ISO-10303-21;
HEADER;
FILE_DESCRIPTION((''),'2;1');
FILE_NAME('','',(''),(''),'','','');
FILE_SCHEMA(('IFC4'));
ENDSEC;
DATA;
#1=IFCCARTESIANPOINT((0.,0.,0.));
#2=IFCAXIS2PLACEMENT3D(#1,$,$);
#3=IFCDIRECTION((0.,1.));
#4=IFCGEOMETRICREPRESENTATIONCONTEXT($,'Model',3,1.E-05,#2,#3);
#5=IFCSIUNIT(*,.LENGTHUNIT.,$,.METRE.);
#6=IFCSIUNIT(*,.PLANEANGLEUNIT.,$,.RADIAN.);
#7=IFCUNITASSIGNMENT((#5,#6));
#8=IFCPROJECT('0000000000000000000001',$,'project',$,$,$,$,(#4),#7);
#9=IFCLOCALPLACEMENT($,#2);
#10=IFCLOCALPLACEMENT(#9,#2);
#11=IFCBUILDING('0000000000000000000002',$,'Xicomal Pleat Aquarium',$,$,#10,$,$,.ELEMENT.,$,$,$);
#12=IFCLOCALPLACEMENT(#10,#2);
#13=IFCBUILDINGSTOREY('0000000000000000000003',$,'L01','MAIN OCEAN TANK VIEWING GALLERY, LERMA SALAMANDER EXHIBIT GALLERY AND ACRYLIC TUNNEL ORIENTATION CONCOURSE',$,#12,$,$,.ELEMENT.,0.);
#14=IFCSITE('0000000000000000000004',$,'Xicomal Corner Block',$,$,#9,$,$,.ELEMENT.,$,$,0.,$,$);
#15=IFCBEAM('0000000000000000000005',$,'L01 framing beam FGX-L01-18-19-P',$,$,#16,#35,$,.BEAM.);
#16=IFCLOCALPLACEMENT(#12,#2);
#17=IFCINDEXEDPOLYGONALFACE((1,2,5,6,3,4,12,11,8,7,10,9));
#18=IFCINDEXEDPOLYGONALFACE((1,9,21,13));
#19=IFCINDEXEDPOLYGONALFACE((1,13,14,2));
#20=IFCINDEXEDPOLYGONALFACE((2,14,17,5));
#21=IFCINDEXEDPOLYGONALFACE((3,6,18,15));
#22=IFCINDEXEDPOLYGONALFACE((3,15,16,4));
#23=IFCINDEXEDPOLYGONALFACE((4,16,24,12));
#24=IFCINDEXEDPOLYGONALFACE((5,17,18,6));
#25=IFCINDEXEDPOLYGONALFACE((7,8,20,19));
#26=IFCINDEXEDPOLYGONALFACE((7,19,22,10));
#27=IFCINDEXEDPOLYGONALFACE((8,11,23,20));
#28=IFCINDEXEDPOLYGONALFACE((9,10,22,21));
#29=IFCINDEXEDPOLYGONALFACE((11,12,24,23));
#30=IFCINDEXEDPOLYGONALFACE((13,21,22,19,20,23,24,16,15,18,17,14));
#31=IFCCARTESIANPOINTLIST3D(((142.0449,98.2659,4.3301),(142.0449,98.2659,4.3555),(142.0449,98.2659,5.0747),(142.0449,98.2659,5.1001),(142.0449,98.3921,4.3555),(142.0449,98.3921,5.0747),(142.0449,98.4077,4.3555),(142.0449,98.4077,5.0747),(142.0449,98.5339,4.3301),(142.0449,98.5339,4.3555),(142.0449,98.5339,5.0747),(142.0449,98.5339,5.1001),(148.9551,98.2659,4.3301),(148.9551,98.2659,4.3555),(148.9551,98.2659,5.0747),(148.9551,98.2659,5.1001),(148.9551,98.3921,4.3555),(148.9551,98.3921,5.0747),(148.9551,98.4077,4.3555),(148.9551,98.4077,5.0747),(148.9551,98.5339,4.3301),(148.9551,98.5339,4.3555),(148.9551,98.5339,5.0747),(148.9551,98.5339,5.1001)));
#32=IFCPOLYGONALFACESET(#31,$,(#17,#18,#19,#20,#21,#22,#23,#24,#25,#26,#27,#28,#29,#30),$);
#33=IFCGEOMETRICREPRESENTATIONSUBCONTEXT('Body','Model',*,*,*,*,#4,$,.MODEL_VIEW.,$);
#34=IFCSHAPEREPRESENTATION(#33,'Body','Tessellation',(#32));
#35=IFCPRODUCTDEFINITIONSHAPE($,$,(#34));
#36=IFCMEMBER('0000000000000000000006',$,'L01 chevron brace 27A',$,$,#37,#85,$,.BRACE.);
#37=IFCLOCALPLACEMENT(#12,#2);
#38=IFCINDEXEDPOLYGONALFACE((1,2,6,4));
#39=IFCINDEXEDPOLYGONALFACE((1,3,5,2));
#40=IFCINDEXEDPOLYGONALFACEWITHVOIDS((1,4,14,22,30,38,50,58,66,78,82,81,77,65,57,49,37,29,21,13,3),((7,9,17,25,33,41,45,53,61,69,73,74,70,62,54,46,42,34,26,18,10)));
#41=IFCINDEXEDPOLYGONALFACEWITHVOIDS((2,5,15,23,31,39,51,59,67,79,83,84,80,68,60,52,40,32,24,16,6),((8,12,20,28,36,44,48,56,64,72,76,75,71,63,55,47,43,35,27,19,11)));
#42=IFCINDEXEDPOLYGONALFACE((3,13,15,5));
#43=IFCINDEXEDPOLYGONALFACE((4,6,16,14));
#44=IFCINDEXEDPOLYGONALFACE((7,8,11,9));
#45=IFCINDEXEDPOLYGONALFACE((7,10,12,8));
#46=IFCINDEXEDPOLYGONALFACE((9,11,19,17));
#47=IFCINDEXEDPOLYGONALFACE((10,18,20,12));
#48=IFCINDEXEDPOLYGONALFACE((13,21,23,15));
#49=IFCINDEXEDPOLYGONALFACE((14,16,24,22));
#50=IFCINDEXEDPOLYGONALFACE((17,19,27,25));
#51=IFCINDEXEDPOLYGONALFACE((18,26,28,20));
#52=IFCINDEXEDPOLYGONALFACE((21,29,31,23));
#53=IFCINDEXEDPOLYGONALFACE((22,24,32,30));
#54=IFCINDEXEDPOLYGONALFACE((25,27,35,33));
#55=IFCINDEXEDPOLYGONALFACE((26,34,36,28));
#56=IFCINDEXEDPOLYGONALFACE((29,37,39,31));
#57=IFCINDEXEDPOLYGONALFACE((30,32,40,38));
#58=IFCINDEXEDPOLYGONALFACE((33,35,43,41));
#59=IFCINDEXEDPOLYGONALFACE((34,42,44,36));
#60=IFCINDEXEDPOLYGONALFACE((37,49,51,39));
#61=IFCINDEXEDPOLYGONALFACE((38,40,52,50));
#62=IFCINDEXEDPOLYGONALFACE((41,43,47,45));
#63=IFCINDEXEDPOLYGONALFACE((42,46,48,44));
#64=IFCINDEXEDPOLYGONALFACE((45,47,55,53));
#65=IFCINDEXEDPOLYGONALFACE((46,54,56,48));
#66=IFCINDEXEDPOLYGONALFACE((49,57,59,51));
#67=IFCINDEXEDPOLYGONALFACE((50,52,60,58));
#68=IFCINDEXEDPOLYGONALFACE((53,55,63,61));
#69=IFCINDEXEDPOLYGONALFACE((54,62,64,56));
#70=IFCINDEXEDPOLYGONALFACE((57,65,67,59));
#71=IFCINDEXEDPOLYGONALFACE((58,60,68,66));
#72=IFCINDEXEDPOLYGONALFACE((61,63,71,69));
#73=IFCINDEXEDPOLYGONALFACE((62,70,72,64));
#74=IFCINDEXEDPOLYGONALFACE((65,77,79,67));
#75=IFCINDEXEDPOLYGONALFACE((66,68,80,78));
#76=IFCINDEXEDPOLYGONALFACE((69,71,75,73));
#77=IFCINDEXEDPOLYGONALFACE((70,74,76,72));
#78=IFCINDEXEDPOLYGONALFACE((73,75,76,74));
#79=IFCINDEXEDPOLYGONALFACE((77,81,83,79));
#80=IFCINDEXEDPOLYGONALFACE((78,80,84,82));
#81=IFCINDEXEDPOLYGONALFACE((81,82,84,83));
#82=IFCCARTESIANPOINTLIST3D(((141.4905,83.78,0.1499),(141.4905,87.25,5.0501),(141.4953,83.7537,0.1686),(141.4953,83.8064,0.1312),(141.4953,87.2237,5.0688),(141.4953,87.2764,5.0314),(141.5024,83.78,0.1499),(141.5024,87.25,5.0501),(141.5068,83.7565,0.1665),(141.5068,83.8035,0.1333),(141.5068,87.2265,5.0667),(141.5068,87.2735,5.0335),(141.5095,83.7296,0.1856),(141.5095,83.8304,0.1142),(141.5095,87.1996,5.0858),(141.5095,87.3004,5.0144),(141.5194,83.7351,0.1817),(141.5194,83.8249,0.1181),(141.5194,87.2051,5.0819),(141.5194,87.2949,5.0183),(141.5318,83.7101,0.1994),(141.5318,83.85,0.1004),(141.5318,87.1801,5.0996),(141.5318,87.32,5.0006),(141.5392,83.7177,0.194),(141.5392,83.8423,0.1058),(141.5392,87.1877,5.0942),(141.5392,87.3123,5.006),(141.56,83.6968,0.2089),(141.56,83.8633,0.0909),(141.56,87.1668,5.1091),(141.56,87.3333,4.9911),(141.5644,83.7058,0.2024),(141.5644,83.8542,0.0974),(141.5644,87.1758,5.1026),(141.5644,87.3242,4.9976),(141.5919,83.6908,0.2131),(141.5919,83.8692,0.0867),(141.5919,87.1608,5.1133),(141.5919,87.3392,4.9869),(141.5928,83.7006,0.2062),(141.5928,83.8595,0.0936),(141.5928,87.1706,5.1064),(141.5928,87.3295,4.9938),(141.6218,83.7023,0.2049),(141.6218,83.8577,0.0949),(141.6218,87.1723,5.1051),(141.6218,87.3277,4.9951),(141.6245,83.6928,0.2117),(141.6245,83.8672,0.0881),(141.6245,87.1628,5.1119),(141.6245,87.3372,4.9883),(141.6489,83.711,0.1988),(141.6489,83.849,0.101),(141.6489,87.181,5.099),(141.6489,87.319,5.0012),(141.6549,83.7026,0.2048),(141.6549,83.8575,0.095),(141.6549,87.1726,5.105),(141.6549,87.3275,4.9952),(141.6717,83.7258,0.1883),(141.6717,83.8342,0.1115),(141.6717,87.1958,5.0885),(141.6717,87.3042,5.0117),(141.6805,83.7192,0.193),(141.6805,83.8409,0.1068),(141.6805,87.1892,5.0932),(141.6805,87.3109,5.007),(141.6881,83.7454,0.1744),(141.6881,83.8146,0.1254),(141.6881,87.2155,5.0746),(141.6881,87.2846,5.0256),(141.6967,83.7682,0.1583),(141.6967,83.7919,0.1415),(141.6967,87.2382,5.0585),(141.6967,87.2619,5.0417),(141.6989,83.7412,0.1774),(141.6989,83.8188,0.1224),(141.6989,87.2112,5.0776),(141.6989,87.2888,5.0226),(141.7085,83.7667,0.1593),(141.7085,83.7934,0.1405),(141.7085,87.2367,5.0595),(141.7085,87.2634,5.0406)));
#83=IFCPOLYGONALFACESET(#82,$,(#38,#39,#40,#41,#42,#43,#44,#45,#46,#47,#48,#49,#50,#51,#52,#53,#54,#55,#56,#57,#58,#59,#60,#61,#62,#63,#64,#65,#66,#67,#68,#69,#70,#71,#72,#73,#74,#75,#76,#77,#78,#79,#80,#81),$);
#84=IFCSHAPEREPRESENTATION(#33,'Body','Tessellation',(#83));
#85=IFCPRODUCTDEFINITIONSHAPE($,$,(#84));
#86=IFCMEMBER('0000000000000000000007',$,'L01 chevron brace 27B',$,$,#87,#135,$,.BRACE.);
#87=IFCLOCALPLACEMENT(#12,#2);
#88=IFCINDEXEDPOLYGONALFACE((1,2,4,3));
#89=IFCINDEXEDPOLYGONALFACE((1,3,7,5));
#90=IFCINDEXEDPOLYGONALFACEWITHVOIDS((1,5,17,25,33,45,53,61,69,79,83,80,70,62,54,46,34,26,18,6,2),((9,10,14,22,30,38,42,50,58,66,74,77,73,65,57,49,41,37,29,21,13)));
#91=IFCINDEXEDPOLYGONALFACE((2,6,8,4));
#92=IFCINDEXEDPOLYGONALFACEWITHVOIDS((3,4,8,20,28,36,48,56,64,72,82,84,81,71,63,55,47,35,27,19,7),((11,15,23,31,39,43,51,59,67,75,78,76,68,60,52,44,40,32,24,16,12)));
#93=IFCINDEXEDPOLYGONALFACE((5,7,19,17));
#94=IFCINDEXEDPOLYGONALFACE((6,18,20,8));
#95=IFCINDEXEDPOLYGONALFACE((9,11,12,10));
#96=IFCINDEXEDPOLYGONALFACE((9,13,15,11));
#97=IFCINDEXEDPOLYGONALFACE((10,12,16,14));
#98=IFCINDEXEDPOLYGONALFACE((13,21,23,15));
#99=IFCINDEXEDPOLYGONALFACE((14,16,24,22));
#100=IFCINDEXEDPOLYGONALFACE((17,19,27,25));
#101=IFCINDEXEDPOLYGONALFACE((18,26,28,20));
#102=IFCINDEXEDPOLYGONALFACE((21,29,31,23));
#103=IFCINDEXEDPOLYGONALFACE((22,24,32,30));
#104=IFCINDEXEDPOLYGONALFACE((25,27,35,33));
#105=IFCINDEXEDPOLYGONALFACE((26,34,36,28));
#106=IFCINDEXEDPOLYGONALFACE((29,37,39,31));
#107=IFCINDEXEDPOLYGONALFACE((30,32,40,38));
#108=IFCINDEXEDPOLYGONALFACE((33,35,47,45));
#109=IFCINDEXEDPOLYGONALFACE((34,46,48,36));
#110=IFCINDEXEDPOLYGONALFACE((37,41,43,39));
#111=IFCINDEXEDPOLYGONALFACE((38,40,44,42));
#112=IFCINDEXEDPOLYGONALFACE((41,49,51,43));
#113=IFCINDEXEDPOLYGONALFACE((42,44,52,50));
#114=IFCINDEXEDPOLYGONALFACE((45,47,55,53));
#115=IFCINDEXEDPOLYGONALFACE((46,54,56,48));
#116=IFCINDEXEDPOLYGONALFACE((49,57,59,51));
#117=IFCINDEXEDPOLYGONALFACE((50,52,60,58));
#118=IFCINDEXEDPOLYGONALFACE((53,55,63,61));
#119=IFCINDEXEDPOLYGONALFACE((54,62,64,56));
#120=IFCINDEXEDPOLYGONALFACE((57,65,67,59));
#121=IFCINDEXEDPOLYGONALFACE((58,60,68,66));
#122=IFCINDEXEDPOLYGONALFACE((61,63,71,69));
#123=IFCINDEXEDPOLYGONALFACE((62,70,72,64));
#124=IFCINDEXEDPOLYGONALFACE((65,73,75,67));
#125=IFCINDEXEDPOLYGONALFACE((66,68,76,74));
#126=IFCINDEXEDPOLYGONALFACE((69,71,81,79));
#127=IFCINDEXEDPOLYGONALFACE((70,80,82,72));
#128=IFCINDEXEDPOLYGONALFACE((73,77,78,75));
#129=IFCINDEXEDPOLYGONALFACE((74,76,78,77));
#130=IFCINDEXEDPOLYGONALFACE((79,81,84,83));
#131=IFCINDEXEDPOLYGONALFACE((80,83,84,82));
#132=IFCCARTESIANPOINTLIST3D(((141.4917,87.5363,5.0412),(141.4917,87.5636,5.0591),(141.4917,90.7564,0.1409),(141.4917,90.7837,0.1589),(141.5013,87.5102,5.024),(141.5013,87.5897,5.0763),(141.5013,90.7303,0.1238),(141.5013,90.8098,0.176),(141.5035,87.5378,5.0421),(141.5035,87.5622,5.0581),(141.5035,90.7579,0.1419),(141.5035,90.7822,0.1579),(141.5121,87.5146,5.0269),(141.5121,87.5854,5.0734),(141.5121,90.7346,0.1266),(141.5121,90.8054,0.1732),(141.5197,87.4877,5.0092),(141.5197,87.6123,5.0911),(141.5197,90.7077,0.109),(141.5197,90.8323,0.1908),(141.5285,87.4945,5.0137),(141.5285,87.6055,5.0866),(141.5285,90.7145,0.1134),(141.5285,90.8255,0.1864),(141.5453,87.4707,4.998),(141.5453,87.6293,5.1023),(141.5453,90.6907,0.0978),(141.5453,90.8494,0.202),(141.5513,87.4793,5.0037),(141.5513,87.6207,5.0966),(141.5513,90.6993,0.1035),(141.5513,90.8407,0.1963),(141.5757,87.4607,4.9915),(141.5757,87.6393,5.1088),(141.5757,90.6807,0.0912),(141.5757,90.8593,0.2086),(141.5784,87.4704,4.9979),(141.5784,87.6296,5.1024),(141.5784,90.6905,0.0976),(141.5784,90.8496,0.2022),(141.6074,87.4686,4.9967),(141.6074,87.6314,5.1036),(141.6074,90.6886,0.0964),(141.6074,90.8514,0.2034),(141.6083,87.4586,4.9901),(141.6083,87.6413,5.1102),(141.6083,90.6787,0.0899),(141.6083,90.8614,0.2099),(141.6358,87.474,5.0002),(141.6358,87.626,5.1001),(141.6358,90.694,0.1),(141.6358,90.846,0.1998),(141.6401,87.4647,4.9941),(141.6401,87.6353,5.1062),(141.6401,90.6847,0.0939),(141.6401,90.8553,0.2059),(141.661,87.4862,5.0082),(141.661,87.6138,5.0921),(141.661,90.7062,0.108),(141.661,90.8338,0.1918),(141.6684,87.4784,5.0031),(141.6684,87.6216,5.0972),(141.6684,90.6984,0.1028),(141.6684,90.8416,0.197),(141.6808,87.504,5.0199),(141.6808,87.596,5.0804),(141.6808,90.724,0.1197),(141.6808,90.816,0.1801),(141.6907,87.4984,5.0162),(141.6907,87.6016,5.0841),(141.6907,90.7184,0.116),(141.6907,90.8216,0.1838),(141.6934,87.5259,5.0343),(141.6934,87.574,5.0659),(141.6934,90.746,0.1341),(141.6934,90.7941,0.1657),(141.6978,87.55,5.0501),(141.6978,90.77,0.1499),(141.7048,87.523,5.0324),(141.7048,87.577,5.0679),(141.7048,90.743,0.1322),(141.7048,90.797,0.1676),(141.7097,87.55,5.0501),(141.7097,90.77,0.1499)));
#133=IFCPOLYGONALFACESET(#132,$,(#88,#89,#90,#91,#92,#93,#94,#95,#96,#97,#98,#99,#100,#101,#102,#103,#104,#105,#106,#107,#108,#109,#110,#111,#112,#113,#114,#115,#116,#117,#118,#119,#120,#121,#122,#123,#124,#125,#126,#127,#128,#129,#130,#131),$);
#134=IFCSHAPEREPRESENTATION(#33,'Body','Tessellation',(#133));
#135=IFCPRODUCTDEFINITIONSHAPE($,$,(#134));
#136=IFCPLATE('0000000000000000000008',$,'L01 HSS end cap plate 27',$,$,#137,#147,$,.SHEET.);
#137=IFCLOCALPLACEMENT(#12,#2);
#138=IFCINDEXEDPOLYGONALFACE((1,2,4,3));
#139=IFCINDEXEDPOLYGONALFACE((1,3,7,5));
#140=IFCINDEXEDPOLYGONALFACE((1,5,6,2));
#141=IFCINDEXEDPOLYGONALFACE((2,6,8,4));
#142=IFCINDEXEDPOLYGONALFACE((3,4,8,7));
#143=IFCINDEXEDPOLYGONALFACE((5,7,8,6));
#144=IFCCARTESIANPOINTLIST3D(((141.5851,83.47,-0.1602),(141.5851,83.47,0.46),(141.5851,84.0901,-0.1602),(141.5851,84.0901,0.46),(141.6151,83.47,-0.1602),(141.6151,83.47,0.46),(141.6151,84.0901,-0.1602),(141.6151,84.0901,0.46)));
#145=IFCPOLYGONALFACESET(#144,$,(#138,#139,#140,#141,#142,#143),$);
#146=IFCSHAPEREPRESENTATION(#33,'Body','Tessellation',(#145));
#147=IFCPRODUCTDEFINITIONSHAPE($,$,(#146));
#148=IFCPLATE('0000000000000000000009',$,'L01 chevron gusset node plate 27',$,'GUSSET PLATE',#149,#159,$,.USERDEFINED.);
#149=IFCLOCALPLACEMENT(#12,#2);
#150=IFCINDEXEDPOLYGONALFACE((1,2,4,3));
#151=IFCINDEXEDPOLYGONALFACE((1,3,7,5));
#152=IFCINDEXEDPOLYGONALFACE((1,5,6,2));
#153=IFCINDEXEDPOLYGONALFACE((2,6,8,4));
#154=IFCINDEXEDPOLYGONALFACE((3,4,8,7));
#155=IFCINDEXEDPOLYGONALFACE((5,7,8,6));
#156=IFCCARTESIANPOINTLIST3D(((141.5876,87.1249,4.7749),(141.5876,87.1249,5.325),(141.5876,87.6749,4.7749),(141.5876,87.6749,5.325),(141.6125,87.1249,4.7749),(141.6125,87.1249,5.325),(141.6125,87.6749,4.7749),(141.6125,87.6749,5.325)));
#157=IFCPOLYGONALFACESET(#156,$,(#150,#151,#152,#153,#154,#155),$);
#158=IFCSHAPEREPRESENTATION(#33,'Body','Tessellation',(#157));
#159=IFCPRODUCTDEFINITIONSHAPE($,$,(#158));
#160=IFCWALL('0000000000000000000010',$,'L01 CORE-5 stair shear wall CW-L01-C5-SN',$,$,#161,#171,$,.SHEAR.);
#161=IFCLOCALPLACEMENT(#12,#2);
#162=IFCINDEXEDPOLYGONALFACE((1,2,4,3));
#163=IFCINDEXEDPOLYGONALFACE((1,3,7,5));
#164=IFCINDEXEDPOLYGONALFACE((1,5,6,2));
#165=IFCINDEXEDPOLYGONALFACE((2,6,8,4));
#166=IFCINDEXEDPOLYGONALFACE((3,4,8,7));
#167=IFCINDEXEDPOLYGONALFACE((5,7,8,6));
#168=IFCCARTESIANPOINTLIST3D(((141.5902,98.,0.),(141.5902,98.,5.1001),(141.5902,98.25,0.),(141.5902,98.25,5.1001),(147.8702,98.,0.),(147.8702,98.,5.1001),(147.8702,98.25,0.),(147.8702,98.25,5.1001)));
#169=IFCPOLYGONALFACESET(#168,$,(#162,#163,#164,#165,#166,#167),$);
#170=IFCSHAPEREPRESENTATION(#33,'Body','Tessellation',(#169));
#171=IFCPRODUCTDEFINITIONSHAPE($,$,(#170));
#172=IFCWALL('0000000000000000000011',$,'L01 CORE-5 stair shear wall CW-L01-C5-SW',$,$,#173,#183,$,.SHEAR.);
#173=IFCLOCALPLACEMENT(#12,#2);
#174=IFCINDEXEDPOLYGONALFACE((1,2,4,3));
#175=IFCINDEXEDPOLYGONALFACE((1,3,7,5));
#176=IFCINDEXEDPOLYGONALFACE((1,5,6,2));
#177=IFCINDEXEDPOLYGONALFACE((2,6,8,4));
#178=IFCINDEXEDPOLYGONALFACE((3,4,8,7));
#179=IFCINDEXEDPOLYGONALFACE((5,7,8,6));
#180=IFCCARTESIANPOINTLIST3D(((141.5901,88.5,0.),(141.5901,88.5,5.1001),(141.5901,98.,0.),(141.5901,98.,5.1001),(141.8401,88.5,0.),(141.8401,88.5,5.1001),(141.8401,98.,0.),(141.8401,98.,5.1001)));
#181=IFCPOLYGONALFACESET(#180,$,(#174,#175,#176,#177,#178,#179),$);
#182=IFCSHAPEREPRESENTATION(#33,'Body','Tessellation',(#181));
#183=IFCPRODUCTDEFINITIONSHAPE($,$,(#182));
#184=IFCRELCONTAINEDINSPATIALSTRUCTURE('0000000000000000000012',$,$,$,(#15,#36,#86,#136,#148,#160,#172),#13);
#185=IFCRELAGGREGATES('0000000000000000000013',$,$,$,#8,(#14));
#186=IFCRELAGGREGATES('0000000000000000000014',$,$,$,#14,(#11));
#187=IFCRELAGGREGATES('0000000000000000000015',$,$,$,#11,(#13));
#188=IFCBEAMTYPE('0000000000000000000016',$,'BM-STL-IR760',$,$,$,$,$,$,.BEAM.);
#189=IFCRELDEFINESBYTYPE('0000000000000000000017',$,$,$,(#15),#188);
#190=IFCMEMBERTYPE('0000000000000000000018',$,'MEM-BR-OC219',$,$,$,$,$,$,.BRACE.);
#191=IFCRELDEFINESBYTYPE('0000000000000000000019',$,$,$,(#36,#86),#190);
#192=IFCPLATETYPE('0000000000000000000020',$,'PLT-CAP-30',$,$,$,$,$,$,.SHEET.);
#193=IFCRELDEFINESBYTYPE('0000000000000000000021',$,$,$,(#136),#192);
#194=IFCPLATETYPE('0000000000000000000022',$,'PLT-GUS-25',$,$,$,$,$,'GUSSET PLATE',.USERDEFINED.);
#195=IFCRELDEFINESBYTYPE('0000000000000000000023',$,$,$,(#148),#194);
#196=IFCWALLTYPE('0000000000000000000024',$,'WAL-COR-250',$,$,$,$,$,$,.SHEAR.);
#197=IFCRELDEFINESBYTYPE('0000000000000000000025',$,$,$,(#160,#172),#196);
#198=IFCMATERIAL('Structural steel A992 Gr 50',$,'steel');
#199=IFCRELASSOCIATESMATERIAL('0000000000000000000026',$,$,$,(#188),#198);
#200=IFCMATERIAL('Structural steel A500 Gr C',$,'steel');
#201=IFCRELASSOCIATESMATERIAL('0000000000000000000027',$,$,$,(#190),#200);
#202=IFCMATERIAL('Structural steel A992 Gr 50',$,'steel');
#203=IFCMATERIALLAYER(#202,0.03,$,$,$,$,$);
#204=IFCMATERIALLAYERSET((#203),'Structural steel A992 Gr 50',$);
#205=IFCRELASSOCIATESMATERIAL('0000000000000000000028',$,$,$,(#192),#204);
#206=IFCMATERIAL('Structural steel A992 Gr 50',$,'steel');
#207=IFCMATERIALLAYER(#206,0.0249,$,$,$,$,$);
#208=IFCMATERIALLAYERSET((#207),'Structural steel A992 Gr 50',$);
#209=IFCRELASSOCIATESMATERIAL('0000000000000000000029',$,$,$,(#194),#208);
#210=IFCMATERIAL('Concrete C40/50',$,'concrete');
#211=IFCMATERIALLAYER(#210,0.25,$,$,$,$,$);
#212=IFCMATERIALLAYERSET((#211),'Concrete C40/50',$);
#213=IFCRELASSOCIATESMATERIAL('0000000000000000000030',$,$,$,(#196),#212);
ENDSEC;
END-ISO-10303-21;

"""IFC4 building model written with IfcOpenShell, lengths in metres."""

from ifc_helpers import new_model, si_unit, direction, frame, frame_2d, origin, origin_2d, place, context, subcontext, project, spatial, rectangle, hollow_circle, i_section, extrude, material, layer, layer_set, material_profile, profile_set, type_object, element, save


model = new_model("IFC4")

# Units and contexts
model_context = context("Model", 3, precision=1e-05, world=origin(), true_north=direction((0.0, 1.0)))
body_context = subcontext(model_context, "Body", "Model", "MODEL_VIEW")
ifc_project = project(units=[si_unit("LENGTHUNIT", "METRE"), si_unit("PLANEANGLEUNIT", "RADIAN")], contexts=[model_context])

# Site, building, storey
site_placement = place(None, origin())
site = spatial("IfcSite", under=ifc_project, at=site_placement, Name="Xicomal Corner Block", CompositionType="ELEMENT", RefElevation=0.0)
building_placement = place(site_placement, origin())
building = spatial("IfcBuilding", under=site, at=building_placement, Name="Xicomal Pleat Aquarium", CompositionType="ELEMENT")
storey_placement = place(building_placement, origin())
storey = spatial("IfcBuildingStorey", under=building, at=storey_placement, Name="L01", Description="MAIN OCEAN TANK VIEWING GALLERY, LERMA SALAMANDER EXHIBIT GALLERY AND ACRYLIC TUNNEL ORIENTATION CONCOURSE", CompositionType="ELEMENT", Elevation=0.0)

# Beam
ifc_material_1 = material(Name="Structural steel A992 Gr 50", Category="steel")
ifc_material_profile_1 = material_profile(ifc_material_1, i_section(OverallWidth=0.2681, OverallDepth=0.77, WebThickness=0.0156, FlangeThickness=0.0254, at=origin_2d()), Name="IR 760x196")
ifc_profile_set_1 = profile_set([ifc_material_profile_1], Name="Structural steel A992 Gr 50")
beam_type_1 = type_object("IfcBeamType", Name="BM-STL-IR760", PredefinedType="BEAM", material=ifc_profile_set_1)
beam_1_placement = place(storey_placement, frame((142.0449, 98.3999, 4.7151), z_axis=(1.0, 0.0, 0.0), x_axis=(0.0, 1.0, 0.0)))
element("IfcBeam", 1, at=beam_1_placement, inside=storey, type_object=beam_type_1, Name="L01 framing beam FGX-L01-18-19-P", PredefinedType="BEAM", context=body_context, shape_type="SweptSolid", body=[
    extrude(i_section(OverallWidth=0.2681, OverallDepth=0.77, WebThickness=0.0156, FlangeThickness=0.0254, at=origin_2d()), origin(), (0.0, 0.0, 1.0), 6.9102),
])

# Members
ifc_material_2 = material(Name="Structural steel A500 Gr C", Category="steel")
ifc_material_profile_2 = material_profile(ifc_material_2, hollow_circle(Radius=0.1096, WallThickness=0.012, at=origin_2d()), Name="OC 219x12")
ifc_profile_set_2 = profile_set([ifc_material_profile_2], Name="Structural steel A500 Gr C")
member_type = type_object("IfcMemberType", Name="MEM-BR-OC219", PredefinedType="BRACE", material=ifc_profile_set_2)
member_1_placement = place(storey_placement, frame((141.6001, 83.78, 0.1499), z_axis=(0.0, 0.57791, 0.8161), x_axis=(-1.0, 0.0, 0.0)))
element("IfcMember", 2, at=member_1_placement, inside=storey, type_object=member_type, Name="L01 chevron brace 27A", PredefinedType="BRACE", context=body_context, shape_type="SweptSolid", body=[
    extrude(hollow_circle(Radius=0.1096, WallThickness=0.012, at=origin_2d()), origin(), (0.0, 0.0, 1.0), 6.0044),
])
member_2_placement = place(storey_placement, frame((141.6001, 90.77, 0.1499), z_axis=(0.0, -0.549163, 0.835715), x_axis=(1.0, 0.0, 0.0)))
element("IfcMember", 3, at=member_2_placement, inside=storey, type_object=member_type, Name="L01 chevron brace 27B", PredefinedType="BRACE", context=body_context, shape_type="SweptSolid", body=[
    extrude(hollow_circle(Radius=0.1096, WallThickness=0.012, at=origin_2d()), origin(), (0.0, 0.0, 1.0), 5.8635),
])

# Plates
ifc_material_3 = material(Name="Structural steel A992 Gr 50", Category="steel")
ifc_layer_1 = layer(ifc_material_3, 0.03)
ifc_layer_set_1 = layer_set([ifc_layer_1], Name="Structural steel A992 Gr 50")
plate_type_1 = type_object("IfcPlateType", Name="PLT-CAP-30", PredefinedType="SHEET", material=ifc_layer_set_1)
plate_1_placement = place(storey_placement, frame((141.6001, 83.78, -0.1602), z_axis=(0.0, 0.0, 1.0), x_axis=(0.0, 1.0, 0.0)))
element("IfcPlate", 4, at=plate_1_placement, inside=storey, type_object=plate_type_1, Name="L01 HSS end cap plate 27", PredefinedType="SHEET", context=body_context, shape_type="SweptSolid", body=[
    extrude(rectangle(XDim=0.6201, YDim=0.03, at=origin_2d()), origin(), (0.0, 0.0, 1.0), 0.6201),
])
ifc_material_4 = material(Name="Structural steel A992 Gr 50", Category="steel")
ifc_layer_2 = layer(ifc_material_4, 0.0249)
ifc_layer_set_2 = layer_set([ifc_layer_2], Name="Structural steel A992 Gr 50")
plate_type_2 = type_object("IfcPlateType", Name="PLT-GUS-25", ElementType="GUSSET PLATE", PredefinedType="USERDEFINED", material=ifc_layer_set_2)
plate_2_placement = place(storey_placement, frame((141.6001, 87.3999, 4.7749), z_axis=(0.0, 0.0, 1.0), x_axis=(0.0, 1.0, 0.0)))
element("IfcPlate", 5, at=plate_2_placement, inside=storey, type_object=plate_type_2, Name="L01 chevron gusset node plate 27", ObjectType="GUSSET PLATE", PredefinedType="USERDEFINED", context=body_context, shape_type="SweptSolid", body=[
    extrude(rectangle(XDim=0.55, YDim=0.0249, at=origin_2d()), origin(), (0.0, 0.0, 1.0), 0.55),
])

# Walls
ifc_material_5 = material(Name="Concrete C40/50", Category="concrete")
ifc_layer_3 = layer(ifc_material_5, 0.25)
ifc_layer_set_3 = layer_set([ifc_layer_3], Name="Concrete C40/50")
wall_type_1 = type_object("IfcWallType", Name="WAL-COR-250", PredefinedType="SHEAR", material=ifc_layer_set_3)
wall_1_placement = place(storey_placement, frame((141.5901, 98.125, 0.0), z_axis=(0.0, 0.0, 1.0), x_axis=(1.0, 0.0, 0.0)))
element("IfcWall", 6, at=wall_1_placement, inside=storey, type_object=wall_type_1, Name="L01 CORE-5 stair shear wall CW-L01-C5-SN", PredefinedType="SHEAR", context=body_context, shape_type="SweptSolid", body=[
    extrude(rectangle(XDim=6.28, YDim=0.25, at=frame_2d((3.1401, 0.0))), origin(), (0.0, 0.0, 1.0), 5.1001),
])
wall_2_placement = place(storey_placement, frame((141.7151, 88.5, 0.0), z_axis=(0.0, 0.0, 1.0), x_axis=(0.0, 1.0, 0.0)))
element("IfcWall", 7, at=wall_2_placement, inside=storey, type_object=wall_type_1, Name="L01 CORE-5 stair shear wall CW-L01-C5-SW", PredefinedType="SHEAR", context=body_context, shape_type="SweptSolid", body=[
    extrude(rectangle(XDim=9.5, YDim=0.25, at=frame_2d((4.75, 0.0))), origin(), (0.0, 0.0, 1.0), 5.1001),
])

save(model, "model.ifc")
